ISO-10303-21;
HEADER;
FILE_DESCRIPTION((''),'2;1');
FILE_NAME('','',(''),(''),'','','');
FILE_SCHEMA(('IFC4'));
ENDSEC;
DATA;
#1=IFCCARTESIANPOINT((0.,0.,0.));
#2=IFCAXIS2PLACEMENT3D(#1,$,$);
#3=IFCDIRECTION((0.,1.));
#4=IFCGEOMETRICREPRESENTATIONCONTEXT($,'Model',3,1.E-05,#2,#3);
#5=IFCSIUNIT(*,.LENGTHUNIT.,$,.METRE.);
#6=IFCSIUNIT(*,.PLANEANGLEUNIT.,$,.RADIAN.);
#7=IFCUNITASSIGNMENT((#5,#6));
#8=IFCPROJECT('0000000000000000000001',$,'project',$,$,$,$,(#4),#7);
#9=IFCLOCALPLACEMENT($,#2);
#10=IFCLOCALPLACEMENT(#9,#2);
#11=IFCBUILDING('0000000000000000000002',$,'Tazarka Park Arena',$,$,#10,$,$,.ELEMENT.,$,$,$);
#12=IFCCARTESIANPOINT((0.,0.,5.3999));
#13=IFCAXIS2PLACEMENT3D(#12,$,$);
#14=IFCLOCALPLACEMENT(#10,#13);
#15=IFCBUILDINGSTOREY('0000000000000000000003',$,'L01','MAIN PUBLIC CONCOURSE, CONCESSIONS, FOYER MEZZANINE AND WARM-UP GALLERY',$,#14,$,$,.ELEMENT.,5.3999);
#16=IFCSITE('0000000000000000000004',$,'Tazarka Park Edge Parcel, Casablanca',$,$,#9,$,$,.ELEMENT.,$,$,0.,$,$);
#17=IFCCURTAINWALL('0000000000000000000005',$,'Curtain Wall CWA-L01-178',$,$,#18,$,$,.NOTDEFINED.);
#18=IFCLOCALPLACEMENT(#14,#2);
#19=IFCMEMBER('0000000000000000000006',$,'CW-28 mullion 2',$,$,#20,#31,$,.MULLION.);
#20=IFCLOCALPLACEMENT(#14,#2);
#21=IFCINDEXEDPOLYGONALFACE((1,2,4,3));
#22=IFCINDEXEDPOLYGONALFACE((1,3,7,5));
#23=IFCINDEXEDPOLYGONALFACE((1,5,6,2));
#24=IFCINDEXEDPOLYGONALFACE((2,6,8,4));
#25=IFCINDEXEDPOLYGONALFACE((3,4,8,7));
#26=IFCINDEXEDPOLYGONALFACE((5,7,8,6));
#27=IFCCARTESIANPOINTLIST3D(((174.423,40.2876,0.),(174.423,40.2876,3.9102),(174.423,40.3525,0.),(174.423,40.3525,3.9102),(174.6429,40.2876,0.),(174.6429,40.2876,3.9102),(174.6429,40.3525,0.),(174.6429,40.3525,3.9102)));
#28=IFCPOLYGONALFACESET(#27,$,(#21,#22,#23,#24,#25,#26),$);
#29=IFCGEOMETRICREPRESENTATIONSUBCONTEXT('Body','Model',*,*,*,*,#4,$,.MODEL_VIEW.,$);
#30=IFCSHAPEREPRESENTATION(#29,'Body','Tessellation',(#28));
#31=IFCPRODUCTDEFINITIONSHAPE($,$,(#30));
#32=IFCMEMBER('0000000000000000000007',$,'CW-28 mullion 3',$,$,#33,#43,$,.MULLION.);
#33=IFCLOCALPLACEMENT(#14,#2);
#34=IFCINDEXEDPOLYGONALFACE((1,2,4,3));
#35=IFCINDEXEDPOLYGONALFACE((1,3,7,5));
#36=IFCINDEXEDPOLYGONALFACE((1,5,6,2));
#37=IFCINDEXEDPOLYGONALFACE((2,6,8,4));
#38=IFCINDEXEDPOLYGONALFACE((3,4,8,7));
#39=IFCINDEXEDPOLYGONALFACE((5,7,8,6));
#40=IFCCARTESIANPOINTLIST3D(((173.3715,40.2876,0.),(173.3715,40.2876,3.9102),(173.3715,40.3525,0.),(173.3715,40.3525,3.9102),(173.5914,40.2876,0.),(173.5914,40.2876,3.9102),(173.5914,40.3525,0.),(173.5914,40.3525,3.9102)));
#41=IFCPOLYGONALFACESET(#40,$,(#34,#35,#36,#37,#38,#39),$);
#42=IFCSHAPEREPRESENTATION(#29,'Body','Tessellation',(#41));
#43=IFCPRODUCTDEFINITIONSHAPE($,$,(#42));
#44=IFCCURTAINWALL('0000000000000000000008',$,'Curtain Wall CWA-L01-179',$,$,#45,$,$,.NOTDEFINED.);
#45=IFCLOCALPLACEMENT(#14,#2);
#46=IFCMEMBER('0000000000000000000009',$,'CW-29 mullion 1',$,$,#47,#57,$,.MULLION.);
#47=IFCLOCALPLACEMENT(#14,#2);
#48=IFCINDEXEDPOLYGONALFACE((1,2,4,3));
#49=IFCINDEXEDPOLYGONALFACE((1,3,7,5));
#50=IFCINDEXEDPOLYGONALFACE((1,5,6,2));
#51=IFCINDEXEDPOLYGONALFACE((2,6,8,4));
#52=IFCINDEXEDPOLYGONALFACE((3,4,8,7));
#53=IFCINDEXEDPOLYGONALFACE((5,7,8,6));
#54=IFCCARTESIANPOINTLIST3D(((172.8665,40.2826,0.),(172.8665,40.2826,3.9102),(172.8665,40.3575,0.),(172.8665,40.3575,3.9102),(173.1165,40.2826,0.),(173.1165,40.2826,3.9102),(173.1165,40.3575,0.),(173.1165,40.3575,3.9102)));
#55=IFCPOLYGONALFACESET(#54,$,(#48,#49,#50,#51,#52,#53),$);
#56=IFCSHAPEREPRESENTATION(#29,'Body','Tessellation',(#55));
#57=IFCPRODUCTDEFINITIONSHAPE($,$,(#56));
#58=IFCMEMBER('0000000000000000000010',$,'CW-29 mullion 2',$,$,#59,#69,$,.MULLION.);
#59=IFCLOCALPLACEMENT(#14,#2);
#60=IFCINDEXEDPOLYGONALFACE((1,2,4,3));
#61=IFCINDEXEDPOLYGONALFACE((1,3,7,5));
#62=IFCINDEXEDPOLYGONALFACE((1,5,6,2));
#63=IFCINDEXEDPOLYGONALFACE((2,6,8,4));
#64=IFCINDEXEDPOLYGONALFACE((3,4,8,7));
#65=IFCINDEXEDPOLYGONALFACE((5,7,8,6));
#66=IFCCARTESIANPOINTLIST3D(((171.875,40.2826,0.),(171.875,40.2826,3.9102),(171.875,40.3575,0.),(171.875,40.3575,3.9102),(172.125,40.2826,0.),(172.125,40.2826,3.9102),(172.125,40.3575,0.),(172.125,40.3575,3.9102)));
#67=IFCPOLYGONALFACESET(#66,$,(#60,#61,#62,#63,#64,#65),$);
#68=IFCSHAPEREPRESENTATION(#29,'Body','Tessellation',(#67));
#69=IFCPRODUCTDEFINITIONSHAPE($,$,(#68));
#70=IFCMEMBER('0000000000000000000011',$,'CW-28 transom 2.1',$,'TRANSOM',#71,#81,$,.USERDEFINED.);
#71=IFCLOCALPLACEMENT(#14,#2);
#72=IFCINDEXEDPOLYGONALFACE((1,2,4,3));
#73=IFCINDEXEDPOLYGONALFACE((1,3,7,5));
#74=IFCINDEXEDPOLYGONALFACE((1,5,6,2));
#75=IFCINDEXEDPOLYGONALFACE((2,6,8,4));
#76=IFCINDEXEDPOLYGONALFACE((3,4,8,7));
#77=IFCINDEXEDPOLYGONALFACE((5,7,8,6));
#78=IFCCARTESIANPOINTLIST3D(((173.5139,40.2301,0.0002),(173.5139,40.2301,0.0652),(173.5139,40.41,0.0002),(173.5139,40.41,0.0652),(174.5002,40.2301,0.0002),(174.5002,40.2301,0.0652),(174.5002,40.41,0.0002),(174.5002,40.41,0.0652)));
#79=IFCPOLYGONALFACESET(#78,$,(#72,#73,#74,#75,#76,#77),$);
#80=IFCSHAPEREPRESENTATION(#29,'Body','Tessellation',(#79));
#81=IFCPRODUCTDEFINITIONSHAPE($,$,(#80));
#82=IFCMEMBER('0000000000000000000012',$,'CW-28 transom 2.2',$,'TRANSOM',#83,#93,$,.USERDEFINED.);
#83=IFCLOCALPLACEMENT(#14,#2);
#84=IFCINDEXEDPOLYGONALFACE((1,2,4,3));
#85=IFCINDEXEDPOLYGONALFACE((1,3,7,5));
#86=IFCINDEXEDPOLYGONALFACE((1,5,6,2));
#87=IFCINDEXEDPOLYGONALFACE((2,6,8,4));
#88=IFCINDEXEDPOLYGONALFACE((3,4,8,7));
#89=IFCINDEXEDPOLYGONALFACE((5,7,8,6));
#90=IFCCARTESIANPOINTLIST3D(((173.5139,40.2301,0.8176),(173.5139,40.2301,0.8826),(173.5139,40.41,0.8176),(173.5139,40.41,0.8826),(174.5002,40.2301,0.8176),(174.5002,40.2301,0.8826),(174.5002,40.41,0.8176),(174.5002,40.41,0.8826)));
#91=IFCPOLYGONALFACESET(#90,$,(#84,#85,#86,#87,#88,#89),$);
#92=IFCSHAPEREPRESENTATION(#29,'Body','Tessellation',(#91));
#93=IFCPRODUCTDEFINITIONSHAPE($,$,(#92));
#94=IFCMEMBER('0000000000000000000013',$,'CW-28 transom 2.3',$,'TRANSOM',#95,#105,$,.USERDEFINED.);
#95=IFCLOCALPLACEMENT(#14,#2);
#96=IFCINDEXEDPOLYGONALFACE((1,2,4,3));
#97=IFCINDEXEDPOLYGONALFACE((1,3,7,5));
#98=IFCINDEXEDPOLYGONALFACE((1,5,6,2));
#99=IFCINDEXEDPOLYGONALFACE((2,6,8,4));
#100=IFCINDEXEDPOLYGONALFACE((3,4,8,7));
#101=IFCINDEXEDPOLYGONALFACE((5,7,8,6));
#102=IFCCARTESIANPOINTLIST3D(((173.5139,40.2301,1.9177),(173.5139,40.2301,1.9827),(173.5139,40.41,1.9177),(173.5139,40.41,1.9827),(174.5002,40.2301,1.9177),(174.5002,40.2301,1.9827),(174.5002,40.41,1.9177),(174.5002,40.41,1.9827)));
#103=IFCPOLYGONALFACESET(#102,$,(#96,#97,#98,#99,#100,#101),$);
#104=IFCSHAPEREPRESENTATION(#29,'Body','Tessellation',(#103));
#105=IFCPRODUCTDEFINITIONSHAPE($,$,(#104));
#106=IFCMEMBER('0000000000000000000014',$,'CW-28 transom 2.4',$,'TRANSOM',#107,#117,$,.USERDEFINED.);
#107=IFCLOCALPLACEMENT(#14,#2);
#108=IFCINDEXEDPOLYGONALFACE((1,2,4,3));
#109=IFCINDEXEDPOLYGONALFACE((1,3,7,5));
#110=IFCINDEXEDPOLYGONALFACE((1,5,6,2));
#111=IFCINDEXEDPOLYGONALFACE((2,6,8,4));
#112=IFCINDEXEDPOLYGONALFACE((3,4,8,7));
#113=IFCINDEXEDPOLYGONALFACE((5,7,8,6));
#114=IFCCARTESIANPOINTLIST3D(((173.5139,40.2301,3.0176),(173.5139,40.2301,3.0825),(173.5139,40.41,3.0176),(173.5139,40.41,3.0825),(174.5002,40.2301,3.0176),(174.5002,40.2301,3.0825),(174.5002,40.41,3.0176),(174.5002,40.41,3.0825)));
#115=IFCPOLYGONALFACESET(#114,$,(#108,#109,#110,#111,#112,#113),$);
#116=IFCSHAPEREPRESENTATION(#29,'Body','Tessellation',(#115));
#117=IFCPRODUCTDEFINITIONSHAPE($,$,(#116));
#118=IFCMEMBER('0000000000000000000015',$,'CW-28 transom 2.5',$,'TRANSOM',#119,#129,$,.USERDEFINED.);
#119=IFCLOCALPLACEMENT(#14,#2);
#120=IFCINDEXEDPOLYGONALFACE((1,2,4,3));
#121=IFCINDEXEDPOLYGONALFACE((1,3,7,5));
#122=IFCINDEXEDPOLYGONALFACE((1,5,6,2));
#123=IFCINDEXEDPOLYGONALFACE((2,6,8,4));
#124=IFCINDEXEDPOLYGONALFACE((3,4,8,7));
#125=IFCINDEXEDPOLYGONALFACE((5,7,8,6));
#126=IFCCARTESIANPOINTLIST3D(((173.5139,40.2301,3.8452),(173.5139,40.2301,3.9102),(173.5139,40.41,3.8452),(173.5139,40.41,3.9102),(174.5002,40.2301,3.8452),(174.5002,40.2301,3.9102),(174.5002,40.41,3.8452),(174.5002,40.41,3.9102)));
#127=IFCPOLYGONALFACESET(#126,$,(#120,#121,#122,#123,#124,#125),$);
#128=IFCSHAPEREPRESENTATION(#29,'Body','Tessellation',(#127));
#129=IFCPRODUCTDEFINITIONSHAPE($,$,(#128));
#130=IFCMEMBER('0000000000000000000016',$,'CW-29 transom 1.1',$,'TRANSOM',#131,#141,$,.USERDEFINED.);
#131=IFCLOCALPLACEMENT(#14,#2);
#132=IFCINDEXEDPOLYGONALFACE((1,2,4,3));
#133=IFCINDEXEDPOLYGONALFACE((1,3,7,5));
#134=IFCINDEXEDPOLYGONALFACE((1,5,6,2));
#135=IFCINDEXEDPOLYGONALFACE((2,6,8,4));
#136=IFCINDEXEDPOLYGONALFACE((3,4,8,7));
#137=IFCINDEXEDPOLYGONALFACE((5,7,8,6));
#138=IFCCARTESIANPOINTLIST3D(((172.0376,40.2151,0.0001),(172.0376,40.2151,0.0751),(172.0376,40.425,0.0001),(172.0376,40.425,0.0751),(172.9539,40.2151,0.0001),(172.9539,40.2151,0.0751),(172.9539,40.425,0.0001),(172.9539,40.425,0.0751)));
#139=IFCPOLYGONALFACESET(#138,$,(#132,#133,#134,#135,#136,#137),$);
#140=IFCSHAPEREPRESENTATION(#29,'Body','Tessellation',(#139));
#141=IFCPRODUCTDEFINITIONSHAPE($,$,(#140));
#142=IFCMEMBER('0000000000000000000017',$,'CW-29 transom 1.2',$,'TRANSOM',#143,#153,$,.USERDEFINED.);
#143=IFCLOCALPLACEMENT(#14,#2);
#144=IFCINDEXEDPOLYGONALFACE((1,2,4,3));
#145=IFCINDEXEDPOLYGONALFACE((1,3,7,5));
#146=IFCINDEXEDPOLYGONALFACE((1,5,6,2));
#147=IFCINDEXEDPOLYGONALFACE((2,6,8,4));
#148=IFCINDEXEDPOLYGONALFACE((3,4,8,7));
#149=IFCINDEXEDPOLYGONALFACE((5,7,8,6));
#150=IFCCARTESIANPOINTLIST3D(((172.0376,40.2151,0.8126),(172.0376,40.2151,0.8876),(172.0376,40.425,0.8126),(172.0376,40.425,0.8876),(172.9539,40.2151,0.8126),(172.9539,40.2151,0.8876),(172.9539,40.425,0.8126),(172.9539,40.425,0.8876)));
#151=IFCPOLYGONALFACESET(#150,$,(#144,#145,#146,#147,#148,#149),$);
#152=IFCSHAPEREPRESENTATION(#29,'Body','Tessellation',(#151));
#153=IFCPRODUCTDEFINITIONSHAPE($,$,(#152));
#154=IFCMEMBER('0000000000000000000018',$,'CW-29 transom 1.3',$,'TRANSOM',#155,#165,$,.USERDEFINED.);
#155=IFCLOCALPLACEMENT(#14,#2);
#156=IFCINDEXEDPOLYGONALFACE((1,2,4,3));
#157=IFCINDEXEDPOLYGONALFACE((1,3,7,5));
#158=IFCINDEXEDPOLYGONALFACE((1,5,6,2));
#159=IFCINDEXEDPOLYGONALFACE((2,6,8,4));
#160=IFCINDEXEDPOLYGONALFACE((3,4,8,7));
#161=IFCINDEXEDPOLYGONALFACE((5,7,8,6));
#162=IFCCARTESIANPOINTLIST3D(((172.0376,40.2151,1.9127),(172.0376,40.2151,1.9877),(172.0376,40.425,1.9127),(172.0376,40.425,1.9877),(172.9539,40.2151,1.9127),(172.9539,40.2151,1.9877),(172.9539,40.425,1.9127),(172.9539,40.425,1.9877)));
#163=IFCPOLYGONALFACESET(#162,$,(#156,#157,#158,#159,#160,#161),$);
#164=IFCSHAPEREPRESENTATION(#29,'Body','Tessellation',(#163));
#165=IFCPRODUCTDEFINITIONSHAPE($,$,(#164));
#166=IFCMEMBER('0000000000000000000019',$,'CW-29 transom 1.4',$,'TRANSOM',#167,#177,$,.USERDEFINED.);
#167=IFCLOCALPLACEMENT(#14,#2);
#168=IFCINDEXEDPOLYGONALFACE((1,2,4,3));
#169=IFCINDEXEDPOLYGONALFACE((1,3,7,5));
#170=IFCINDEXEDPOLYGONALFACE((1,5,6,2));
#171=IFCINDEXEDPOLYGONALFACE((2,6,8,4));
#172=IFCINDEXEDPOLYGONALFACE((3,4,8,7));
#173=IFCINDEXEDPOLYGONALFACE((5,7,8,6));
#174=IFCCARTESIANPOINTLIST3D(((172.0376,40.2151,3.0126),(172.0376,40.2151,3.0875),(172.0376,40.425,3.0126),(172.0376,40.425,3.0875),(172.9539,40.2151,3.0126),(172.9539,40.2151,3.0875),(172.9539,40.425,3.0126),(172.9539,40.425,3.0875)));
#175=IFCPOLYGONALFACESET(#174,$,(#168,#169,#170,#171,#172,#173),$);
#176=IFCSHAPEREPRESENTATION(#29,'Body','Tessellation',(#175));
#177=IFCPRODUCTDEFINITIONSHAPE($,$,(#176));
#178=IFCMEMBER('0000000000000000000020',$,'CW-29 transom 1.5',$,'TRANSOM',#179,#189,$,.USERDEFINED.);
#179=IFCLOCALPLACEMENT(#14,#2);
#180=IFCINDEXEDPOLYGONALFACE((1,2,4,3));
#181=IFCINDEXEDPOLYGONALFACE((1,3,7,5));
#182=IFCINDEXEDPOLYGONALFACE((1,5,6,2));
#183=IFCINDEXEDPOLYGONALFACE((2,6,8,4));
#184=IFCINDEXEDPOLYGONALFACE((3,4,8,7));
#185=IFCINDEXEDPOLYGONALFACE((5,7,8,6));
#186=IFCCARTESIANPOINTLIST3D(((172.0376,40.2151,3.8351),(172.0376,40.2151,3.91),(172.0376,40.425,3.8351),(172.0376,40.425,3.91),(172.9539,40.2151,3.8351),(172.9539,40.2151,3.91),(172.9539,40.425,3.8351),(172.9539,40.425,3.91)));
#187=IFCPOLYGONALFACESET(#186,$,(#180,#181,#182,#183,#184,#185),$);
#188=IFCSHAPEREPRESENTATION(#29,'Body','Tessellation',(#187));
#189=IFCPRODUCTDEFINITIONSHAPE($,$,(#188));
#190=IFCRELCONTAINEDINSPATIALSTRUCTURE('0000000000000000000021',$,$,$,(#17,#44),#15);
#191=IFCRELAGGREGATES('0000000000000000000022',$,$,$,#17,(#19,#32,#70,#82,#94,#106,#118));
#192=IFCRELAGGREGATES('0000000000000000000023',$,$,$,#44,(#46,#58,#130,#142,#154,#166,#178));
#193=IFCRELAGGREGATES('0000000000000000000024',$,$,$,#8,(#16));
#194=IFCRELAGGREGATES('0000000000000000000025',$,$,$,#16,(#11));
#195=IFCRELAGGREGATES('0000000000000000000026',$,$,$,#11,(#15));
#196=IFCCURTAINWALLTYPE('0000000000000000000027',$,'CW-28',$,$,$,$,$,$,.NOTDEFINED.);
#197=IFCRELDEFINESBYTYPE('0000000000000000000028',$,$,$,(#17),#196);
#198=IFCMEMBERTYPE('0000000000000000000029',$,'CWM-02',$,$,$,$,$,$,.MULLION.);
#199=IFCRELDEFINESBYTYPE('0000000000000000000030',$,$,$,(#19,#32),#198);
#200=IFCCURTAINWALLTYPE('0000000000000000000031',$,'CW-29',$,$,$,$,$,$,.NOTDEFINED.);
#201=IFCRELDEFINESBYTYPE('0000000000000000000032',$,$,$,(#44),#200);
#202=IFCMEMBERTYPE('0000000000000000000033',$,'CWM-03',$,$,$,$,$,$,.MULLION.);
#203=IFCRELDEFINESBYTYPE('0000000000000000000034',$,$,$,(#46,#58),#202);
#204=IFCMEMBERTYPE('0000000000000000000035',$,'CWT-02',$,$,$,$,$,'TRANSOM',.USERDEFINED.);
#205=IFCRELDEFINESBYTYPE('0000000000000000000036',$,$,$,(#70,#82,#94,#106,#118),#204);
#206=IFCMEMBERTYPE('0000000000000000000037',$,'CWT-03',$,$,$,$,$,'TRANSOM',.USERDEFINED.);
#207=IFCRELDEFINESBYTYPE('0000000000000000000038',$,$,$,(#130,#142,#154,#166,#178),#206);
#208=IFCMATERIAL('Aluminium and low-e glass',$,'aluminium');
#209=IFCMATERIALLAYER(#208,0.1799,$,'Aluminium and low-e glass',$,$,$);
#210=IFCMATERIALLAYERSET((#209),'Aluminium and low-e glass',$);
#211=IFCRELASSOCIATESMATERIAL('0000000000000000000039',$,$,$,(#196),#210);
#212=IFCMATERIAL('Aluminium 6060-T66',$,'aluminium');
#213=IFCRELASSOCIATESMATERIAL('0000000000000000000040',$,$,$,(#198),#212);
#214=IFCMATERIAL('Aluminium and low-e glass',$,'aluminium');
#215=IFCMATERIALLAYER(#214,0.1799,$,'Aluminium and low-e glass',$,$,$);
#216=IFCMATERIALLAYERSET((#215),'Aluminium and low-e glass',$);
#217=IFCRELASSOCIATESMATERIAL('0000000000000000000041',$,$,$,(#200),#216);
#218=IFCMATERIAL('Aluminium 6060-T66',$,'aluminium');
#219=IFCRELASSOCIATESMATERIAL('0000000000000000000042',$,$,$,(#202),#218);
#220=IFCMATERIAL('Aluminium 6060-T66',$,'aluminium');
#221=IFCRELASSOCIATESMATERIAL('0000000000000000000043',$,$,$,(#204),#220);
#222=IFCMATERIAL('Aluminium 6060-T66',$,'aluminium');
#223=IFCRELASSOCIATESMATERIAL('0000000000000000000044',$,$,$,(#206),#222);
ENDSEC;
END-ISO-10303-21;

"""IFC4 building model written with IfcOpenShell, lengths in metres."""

from ifc_helpers import new_model, si_unit, direction, frame, origin, origin_2d, place, context, subcontext, project, spatial, rectangle, extrude, material, layer, layer_set, material_profile, profile_set, type_object, element, aggregate, save


model = new_model("IFC4")

# Units and contexts
model_context = context("Model", 3, precision=1e-05, world=origin(), true_north=direction((0.0, 1.0)))
body_context = subcontext(model_context, "Body", "Model", "MODEL_VIEW")
ifc_project = project(units=[si_unit("LENGTHUNIT", "METRE"), si_unit("PLANEANGLEUNIT", "RADIAN")], contexts=[model_context])

# Site, building, storey
site_placement = place(None, origin())
site = spatial("IfcSite", under=ifc_project, at=site_placement, Name="Tazarka Park Edge Parcel, Casablanca", CompositionType="ELEMENT", RefElevation=0.0)
building_placement = place(site_placement, origin())
building = spatial("IfcBuilding", under=site, at=building_placement, Name="Tazarka Park Arena", CompositionType="ELEMENT")
storey_placement = place(building_placement, frame((0.0, 0.0, 5.3999)))
storey = spatial("IfcBuildingStorey", under=building, at=storey_placement, Name="L01", Description="MAIN PUBLIC CONCOURSE, CONCESSIONS, FOYER MEZZANINE AND WARM-UP GALLERY", CompositionType="ELEMENT", Elevation=5.3999)

# Curtain walls, members
ifc_material_1 = material(Name="Aluminium and low-e glass", Category="aluminium")
ifc_layer_1 = layer(ifc_material_1, 0.1799, Name="Aluminium and low-e glass")
ifc_layer_set_1 = layer_set([ifc_layer_1], Name="Aluminium and low-e glass")
curtain_wall_type_1 = type_object("IfcCurtainWallType", Name="CW-28", PredefinedType="NOTDEFINED", material=ifc_layer_set_1)
curtain_wall_1_placement = place(storey_placement, origin())
curtain_wall_1 = element("IfcCurtainWall", 1, at=curtain_wall_1_placement, inside=storey, type_object=curtain_wall_type_1, Name="Curtain Wall CWA-L01-178", PredefinedType="NOTDEFINED")
ifc_material_2 = material(Name="Aluminium 6060-T66", Category="aluminium")
ifc_material_profile_1 = material_profile(ifc_material_2, rectangle(XDim=0.0649, YDim=0.22, at=origin_2d()), Name="Aluminium 6060-T66")
ifc_profile_set_1 = profile_set([ifc_material_profile_1], Name="Aluminium 6060-T66")
member_type_1 = type_object("IfcMemberType", Name="CWM-02", PredefinedType="MULLION", material=ifc_profile_set_1)
member_1_placement = place(storey_placement, frame((174.533, 40.3201, 0.0), z_axis=(0.0, 0.0, 1.0), x_axis=(0.0, -1.0, 0.0)))
member_1 = element("IfcMember", 2, at=member_1_placement, type_object=member_type_1, Name="CW-28 mullion 2", PredefinedType="MULLION", context=body_context, shape_type="SweptSolid", body=[
    extrude(rectangle(XDim=0.0649, YDim=0.22, at=origin_2d()), origin(), (0.0, 0.0, 1.0), 3.9102),
])
member_2_placement = place(storey_placement, frame((173.4814, 40.3201, 0.0), z_axis=(0.0, 0.0, 1.0), x_axis=(0.0, -1.0, 0.0)))
member_2 = element("IfcMember", 3, at=member_2_placement, type_object=member_type_1, Name="CW-28 mullion 3", PredefinedType="MULLION", context=body_context, shape_type="SweptSolid", body=[
    extrude(rectangle(XDim=0.0649, YDim=0.22, at=origin_2d()), origin(), (0.0, 0.0, 1.0), 3.9102),
])
ifc_material_3 = material(Name="Aluminium and low-e glass", Category="aluminium")
ifc_layer_2 = layer(ifc_material_3, 0.1799, Name="Aluminium and low-e glass")
ifc_layer_set_2 = layer_set([ifc_layer_2], Name="Aluminium and low-e glass")
curtain_wall_type_2 = type_object("IfcCurtainWallType", Name="CW-29", PredefinedType="NOTDEFINED", material=ifc_layer_set_2)
curtain_wall_2_placement = place(storey_placement, origin())
curtain_wall_2 = element("IfcCurtainWall", 4, at=curtain_wall_2_placement, inside=storey, type_object=curtain_wall_type_2, Name="Curtain Wall CWA-L01-179", PredefinedType="NOTDEFINED")
ifc_material_4 = material(Name="Aluminium 6060-T66", Category="aluminium")
ifc_material_profile_2 = material_profile(ifc_material_4, rectangle(XDim=0.075, YDim=0.25, at=origin_2d()), Name="Aluminium 6060-T66")
ifc_profile_set_2 = profile_set([ifc_material_profile_2], Name="Aluminium 6060-T66")
member_type_2 = type_object("IfcMemberType", Name="CWM-03", PredefinedType="MULLION", material=ifc_profile_set_2)
member_3_placement = place(storey_placement, frame((172.9915, 40.3201, 0.0), z_axis=(0.0, 0.0, 1.0), x_axis=(0.0, -1.0, 0.0)))
member_3 = element("IfcMember", 5, at=member_3_placement, type_object=member_type_2, Name="CW-29 mullion 1", PredefinedType="MULLION", context=body_context, shape_type="SweptSolid", body=[
    extrude(rectangle(XDim=0.075, YDim=0.25, at=origin_2d()), origin(), (0.0, 0.0, 1.0), 3.9102),
])
member_4_placement = place(storey_placement, frame((172.0, 40.3201, 0.0), z_axis=(0.0, 0.0, 1.0), x_axis=(0.0, -1.0, 0.0)))
member_4 = element("IfcMember", 6, at=member_4_placement, type_object=member_type_2, Name="CW-29 mullion 2", PredefinedType="MULLION", context=body_context, shape_type="SweptSolid", body=[
    extrude(rectangle(XDim=0.075, YDim=0.25, at=origin_2d()), origin(), (0.0, 0.0, 1.0), 3.9102),
])

# Members
ifc_material_5 = material(Name="Aluminium 6060-T66", Category="aluminium")
ifc_material_profile_3 = material_profile(ifc_material_5, rectangle(XDim=0.1799, YDim=0.0649, at=origin_2d()), Name="Aluminium 6060-T66")
ifc_profile_set_3 = profile_set([ifc_material_profile_3], Name="Aluminium 6060-T66")
member_type_3 = type_object("IfcMemberType", Name="CWT-02", ElementType="TRANSOM", PredefinedType="USERDEFINED", material=ifc_profile_set_3)
member_5_placement = place(storey_placement, frame((174.5002, 40.3201, 0.0327), z_axis=(-1.0, 0.0, 0.0), x_axis=(0.0, -1.0, 0.0)))
member_5 = element("IfcMember", 7, at=member_5_placement, type_object=member_type_3, Name="CW-28 transom 2.1", ObjectType="TRANSOM", PredefinedType="USERDEFINED", context=body_context, shape_type="SweptSolid", body=[
    extrude(rectangle(XDim=0.1799, YDim=0.0649, at=origin_2d()), origin(), (0.0, 0.0, 1.0), 0.9863),
])
member_6_placement = place(storey_placement, frame((174.5002, 40.3201, 0.8501), z_axis=(-1.0, 0.0, 0.0), x_axis=(0.0, -1.0, 0.0)))
member_6 = element("IfcMember", 8, at=member_6_placement, type_object=member_type_3, Name="CW-28 transom 2.2", ObjectType="TRANSOM", PredefinedType="USERDEFINED", context=body_context, shape_type="SweptSolid", body=[
    extrude(rectangle(XDim=0.1799, YDim=0.0649, at=origin_2d()), origin(), (0.0, 0.0, 1.0), 0.9863),
])
member_7_placement = place(storey_placement, frame((174.5002, 40.3201, 1.9502), z_axis=(-1.0, 0.0, 0.0), x_axis=(0.0, -1.0, 0.0)))
member_7 = element("IfcMember", 9, at=member_7_placement, type_object=member_type_3, Name="CW-28 transom 2.3", ObjectType="TRANSOM", PredefinedType="USERDEFINED", context=body_context, shape_type="SweptSolid", body=[
    extrude(rectangle(XDim=0.1799, YDim=0.0649, at=origin_2d()), origin(), (0.0, 0.0, 1.0), 0.9863),
])
member_8_placement = place(storey_placement, frame((174.5002, 40.3201, 3.05), z_axis=(-1.0, 0.0, 0.0), x_axis=(0.0, -1.0, 0.0)))
member_8 = element("IfcMember", 10, at=member_8_placement, type_object=member_type_3, Name="CW-28 transom 2.4", ObjectType="TRANSOM", PredefinedType="USERDEFINED", context=body_context, shape_type="SweptSolid", body=[
    extrude(rectangle(XDim=0.1799, YDim=0.0649, at=origin_2d()), origin(), (0.0, 0.0, 1.0), 0.9863),
])
member_9_placement = place(storey_placement, frame((174.5002, 40.3201, 3.8777), z_axis=(-1.0, 0.0, 0.0), x_axis=(0.0, -1.0, 0.0)))
member_9 = element("IfcMember", 11, at=member_9_placement, type_object=member_type_3, Name="CW-28 transom 2.5", ObjectType="TRANSOM", PredefinedType="USERDEFINED", context=body_context, shape_type="SweptSolid", body=[
    extrude(rectangle(XDim=0.1799, YDim=0.0649, at=origin_2d()), origin(), (0.0, 0.0, 1.0), 0.9863),
])
ifc_material_6 = material(Name="Aluminium 6060-T66", Category="aluminium")
ifc_material_profile_4 = material_profile(ifc_material_6, rectangle(XDim=0.21, YDim=0.075, at=origin_2d()), Name="Aluminium 6060-T66")
ifc_profile_set_4 = profile_set([ifc_material_profile_4], Name="Aluminium 6060-T66")
member_type_4 = type_object("IfcMemberType", Name="CWT-03", ElementType="TRANSOM", PredefinedType="USERDEFINED", material=ifc_profile_set_4)
member_10_placement = place(storey_placement, frame((172.9539, 40.3201, 0.0376), z_axis=(-1.0, 0.0, 0.0), x_axis=(0.0, -1.0, 0.0)))
member_10 = element("IfcMember", 12, at=member_10_placement, type_object=member_type_4, Name="CW-29 transom 1.1", ObjectType="TRANSOM", PredefinedType="USERDEFINED", context=body_context, shape_type="SweptSolid", body=[
    extrude(rectangle(XDim=0.21, YDim=0.075, at=origin_2d()), origin(), (0.0, 0.0, 1.0), 0.9163),
])
member_11_placement = place(storey_placement, frame((172.9539, 40.3201, 0.8501), z_axis=(-1.0, 0.0, 0.0), x_axis=(0.0, -1.0, 0.0)))
member_11 = element("IfcMember", 13, at=member_11_placement, type_object=member_type_4, Name="CW-29 transom 1.2", ObjectType="TRANSOM", PredefinedType="USERDEFINED", context=body_context, shape_type="SweptSolid", body=[
    extrude(rectangle(XDim=0.21, YDim=0.075, at=origin_2d()), origin(), (0.0, 0.0, 1.0), 0.9163),
])
member_12_placement = place(storey_placement, frame((172.9539, 40.3201, 1.9502), z_axis=(-1.0, 0.0, 0.0), x_axis=(0.0, -1.0, 0.0)))
member_12 = element("IfcMember", 14, at=member_12_placement, type_object=member_type_4, Name="CW-29 transom 1.3", ObjectType="TRANSOM", PredefinedType="USERDEFINED", context=body_context, shape_type="SweptSolid", body=[
    extrude(rectangle(XDim=0.21, YDim=0.075, at=origin_2d()), origin(), (0.0, 0.0, 1.0), 0.9163),
])
member_13_placement = place(storey_placement, frame((172.9539, 40.3201, 3.05), z_axis=(-1.0, 0.0, 0.0), x_axis=(0.0, -1.0, 0.0)))
member_13 = element("IfcMember", 15, at=member_13_placement, type_object=member_type_4, Name="CW-29 transom 1.4", ObjectType="TRANSOM", PredefinedType="USERDEFINED", context=body_context, shape_type="SweptSolid", body=[
    extrude(rectangle(XDim=0.21, YDim=0.075, at=origin_2d()), origin(), (0.0, 0.0, 1.0), 0.9163),
])
member_14_placement = place(storey_placement, frame((172.9539, 40.3201, 3.8726), z_axis=(-1.0, 0.0, 0.0), x_axis=(0.0, -1.0, 0.0)))
member_14 = element("IfcMember", 16, at=member_14_placement, type_object=member_type_4, Name="CW-29 transom 1.5", ObjectType="TRANSOM", PredefinedType="USERDEFINED", context=body_context, shape_type="SweptSolid", body=[
    extrude(rectangle(XDim=0.21, YDim=0.075, at=origin_2d()), origin(), (0.0, 0.0, 1.0), 0.9163),
])

aggregate(curtain_wall_1, [member_1, member_2, member_5, member_6, member_7, member_8, member_9])
aggregate(curtain_wall_2, [member_3, member_4, member_10, member_11, member_12, member_13, member_14])

save(model, "model.ifc")
